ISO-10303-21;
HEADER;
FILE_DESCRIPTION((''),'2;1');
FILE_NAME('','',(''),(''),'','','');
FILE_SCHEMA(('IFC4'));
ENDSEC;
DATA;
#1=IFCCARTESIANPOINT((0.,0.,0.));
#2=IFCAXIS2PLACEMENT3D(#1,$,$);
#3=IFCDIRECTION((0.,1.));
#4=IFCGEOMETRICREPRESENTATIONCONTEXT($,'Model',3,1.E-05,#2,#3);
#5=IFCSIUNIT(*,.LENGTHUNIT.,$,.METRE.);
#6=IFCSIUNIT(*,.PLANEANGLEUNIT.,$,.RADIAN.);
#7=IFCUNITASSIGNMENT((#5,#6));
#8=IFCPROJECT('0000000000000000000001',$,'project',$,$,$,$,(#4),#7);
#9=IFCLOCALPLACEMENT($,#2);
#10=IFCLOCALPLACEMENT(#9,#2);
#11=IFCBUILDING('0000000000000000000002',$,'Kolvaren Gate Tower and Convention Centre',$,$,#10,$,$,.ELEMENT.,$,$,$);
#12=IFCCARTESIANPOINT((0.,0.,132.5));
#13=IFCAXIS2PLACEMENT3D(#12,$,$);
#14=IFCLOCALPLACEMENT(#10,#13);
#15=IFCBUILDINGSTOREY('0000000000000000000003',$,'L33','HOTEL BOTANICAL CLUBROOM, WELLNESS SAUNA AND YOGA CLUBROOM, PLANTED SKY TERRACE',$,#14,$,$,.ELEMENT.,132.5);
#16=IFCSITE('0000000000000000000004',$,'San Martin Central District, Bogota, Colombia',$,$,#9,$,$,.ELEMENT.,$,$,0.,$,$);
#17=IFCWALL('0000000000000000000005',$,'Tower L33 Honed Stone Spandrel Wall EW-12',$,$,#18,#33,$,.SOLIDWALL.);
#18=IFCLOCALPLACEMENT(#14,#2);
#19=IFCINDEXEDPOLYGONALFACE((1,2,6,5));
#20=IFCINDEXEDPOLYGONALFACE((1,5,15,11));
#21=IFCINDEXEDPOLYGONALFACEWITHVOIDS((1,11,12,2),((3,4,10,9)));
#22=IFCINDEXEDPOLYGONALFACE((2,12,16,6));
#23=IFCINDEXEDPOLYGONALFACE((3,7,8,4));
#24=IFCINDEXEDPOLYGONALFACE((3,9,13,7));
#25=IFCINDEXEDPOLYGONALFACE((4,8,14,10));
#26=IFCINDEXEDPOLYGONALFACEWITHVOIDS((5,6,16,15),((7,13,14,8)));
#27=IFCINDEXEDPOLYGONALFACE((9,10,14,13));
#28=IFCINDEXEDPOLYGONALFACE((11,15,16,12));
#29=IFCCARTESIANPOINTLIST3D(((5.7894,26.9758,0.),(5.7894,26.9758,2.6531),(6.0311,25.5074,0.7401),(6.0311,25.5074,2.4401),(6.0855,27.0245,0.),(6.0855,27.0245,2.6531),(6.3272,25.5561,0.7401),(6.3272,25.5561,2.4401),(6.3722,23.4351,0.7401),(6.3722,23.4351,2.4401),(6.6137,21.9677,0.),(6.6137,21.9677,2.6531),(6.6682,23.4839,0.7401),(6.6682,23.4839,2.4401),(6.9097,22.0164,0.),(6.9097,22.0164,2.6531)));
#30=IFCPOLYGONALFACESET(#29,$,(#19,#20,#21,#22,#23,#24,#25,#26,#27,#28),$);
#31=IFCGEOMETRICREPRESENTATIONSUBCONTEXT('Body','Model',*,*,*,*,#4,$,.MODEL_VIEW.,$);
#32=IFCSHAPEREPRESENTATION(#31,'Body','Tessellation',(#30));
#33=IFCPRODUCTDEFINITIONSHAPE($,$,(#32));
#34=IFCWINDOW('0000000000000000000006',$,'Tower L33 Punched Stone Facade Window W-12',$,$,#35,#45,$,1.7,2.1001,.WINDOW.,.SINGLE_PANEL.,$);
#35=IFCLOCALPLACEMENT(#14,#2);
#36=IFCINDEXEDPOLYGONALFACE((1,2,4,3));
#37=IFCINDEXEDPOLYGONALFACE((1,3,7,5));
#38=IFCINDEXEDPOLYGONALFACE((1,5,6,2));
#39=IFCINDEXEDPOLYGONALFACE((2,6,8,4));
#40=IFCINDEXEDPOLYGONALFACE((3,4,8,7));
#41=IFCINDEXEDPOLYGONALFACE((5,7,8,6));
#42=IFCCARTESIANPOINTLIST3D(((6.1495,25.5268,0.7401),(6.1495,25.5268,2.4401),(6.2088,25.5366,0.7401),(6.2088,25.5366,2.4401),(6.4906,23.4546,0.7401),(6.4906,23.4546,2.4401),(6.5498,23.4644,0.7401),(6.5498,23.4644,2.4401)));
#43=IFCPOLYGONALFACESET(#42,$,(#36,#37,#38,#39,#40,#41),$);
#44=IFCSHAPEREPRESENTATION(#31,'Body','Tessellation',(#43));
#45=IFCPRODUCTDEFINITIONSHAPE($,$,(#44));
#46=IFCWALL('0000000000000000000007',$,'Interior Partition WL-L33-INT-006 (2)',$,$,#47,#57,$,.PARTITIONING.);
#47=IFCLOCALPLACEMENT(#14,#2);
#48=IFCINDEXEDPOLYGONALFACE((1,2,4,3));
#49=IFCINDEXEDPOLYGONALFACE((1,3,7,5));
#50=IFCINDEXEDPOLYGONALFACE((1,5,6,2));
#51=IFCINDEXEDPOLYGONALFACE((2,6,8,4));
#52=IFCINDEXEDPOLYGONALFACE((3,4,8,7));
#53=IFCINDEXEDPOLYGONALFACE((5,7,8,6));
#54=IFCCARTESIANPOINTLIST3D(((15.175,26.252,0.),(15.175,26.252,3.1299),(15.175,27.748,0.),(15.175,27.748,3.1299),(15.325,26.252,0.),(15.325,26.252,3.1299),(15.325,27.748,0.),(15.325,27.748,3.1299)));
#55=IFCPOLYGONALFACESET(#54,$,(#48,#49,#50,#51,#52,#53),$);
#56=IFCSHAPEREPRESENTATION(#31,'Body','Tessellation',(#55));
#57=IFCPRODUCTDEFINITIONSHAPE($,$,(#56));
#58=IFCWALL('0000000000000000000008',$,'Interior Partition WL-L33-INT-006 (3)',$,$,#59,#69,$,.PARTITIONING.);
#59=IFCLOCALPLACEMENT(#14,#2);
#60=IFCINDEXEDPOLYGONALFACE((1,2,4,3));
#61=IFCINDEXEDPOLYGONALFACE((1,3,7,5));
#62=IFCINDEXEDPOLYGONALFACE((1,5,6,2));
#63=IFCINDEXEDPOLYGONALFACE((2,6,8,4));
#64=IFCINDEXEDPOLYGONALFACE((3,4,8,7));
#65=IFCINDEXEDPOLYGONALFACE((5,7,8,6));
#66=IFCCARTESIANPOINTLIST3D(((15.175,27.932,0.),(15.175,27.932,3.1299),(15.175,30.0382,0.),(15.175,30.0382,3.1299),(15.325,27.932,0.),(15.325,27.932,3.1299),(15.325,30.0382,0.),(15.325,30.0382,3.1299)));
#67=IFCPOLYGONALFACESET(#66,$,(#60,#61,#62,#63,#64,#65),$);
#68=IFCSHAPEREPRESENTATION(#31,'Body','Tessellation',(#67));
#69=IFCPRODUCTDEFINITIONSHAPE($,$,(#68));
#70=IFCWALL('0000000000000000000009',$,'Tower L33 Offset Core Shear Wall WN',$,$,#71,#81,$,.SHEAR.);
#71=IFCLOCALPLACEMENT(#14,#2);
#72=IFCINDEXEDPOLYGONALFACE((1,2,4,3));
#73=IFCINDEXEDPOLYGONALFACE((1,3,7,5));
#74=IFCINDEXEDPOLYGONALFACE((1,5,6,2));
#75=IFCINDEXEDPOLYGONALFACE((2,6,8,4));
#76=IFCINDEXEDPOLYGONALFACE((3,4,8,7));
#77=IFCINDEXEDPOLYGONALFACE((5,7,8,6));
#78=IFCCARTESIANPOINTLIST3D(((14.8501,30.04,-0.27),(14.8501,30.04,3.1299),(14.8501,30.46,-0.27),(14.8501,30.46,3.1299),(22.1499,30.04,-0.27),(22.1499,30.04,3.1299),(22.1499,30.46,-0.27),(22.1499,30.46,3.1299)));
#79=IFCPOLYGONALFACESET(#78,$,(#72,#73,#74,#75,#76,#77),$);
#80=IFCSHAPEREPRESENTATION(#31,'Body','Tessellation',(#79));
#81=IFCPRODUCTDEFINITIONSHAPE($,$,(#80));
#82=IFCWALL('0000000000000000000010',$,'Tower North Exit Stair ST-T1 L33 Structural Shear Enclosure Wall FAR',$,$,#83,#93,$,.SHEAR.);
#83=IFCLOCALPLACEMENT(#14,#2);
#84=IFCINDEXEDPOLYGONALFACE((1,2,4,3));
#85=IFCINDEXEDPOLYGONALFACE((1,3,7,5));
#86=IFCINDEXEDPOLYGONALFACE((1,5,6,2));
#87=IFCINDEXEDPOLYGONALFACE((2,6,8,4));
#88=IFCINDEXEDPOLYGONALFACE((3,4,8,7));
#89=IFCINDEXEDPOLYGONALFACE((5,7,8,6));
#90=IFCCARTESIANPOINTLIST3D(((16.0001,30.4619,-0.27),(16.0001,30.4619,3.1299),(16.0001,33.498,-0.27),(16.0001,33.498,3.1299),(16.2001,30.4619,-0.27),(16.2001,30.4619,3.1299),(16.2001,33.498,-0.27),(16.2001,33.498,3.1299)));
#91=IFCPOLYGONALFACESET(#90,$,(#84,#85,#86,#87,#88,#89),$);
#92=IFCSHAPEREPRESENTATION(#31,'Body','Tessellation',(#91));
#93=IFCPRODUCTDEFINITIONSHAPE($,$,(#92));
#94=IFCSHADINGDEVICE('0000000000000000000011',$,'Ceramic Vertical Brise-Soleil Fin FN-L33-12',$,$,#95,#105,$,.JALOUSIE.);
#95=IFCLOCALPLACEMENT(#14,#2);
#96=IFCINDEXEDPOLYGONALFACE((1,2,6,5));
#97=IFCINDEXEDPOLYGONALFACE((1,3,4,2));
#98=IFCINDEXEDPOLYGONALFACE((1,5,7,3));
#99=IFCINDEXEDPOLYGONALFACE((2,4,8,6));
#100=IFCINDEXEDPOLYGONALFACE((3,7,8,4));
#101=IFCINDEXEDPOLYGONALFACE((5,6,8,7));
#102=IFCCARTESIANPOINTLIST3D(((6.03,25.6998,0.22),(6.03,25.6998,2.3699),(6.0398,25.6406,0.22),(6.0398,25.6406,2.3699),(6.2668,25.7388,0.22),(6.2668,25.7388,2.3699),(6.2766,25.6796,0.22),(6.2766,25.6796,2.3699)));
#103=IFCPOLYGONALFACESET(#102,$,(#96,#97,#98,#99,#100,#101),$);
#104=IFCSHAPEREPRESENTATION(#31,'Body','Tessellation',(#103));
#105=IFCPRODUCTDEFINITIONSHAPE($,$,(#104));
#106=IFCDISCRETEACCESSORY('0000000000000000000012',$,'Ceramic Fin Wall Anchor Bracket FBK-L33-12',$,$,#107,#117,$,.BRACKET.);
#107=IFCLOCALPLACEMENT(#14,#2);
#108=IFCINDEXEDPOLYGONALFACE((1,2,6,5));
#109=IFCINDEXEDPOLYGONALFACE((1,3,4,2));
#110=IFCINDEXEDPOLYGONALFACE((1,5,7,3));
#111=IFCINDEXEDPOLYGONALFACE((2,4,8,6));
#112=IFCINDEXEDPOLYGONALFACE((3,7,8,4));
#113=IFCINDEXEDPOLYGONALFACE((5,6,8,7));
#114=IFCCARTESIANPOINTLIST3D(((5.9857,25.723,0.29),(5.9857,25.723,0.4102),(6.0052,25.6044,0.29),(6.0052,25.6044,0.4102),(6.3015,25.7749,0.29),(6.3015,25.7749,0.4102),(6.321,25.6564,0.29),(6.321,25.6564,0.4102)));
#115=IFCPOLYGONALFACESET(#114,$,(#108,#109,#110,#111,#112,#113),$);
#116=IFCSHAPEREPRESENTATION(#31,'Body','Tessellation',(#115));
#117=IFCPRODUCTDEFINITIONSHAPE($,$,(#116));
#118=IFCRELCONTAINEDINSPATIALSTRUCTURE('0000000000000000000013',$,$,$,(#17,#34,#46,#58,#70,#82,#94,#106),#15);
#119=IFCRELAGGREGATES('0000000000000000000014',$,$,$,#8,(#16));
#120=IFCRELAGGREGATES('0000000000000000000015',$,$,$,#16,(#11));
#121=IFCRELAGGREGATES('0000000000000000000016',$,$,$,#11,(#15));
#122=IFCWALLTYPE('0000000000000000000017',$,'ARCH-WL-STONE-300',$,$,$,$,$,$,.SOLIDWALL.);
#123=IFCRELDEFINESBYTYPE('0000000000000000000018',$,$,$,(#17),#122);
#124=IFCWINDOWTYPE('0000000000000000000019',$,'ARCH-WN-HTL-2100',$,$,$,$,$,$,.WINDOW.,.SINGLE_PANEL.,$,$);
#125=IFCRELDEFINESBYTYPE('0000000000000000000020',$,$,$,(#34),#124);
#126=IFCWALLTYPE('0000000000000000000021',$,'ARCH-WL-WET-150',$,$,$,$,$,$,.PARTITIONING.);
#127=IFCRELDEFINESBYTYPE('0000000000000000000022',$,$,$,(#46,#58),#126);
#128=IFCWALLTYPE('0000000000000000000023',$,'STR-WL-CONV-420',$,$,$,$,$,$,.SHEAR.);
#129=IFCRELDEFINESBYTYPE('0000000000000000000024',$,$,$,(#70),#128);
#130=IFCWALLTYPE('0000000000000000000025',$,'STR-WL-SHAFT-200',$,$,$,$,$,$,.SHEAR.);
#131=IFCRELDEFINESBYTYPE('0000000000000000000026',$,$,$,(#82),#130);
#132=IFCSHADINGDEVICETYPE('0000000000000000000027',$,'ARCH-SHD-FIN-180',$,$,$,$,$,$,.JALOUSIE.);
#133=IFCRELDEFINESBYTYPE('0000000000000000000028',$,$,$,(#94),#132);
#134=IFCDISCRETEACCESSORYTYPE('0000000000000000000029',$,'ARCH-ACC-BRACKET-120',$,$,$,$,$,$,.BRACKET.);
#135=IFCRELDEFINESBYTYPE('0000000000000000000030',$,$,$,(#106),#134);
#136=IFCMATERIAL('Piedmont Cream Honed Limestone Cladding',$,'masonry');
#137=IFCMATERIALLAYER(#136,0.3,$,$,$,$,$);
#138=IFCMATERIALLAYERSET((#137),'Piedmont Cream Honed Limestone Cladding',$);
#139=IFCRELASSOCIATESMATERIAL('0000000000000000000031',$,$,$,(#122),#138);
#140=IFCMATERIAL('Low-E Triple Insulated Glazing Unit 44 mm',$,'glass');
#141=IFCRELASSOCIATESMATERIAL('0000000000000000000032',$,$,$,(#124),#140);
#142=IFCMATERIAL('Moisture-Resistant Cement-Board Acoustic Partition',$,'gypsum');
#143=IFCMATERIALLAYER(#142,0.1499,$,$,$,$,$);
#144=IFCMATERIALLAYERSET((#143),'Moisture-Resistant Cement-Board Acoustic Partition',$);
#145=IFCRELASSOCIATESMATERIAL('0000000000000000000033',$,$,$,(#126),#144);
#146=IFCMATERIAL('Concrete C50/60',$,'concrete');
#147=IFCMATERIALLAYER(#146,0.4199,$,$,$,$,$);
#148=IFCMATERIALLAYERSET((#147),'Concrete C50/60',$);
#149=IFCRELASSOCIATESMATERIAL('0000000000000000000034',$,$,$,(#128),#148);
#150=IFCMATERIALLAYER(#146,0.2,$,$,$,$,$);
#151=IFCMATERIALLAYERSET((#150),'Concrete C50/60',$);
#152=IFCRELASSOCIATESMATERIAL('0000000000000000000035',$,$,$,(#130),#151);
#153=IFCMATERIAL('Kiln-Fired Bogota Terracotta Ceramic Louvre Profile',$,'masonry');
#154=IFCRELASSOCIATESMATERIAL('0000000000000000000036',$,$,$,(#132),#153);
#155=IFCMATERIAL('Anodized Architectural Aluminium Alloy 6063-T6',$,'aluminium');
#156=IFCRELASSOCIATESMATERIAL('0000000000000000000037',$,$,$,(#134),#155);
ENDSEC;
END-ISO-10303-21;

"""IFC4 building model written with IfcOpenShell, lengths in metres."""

from ifc_helpers import new_model, si_unit, direction, frame, frame_2d, origin, origin_2d, place, context, subcontext, project, spatial, rectangle, extrude, material, layer, layer_set, type_object, element, fill, save


model = new_model("IFC4")

# Units and contexts
model_context = context("Model", 3, precision=1e-05, world=origin(), true_north=direction((0.0, 1.0)))
body_context = subcontext(model_context, "Body", "Model", "MODEL_VIEW")
ifc_project = project(units=[si_unit("LENGTHUNIT", "METRE"), si_unit("PLANEANGLEUNIT", "RADIAN")], contexts=[model_context])

# Site, building, storey
site_placement = place(None, origin())
site = spatial("IfcSite", under=ifc_project, at=site_placement, Name="San Martin Central District, Bogota, Colombia", CompositionType="ELEMENT", RefElevation=0.0)
building_placement = place(site_placement, origin())
building = spatial("IfcBuilding", under=site, at=building_placement, Name="Kolvaren Gate Tower and Convention Centre", CompositionType="ELEMENT")
storey_placement = place(building_placement, frame((0.0, 0.0, 132.5)))
storey = spatial("IfcBuildingStorey", under=building, at=storey_placement, Name="L33", Description="HOTEL BOTANICAL CLUBROOM, WELLNESS SAUNA AND YOGA CLUBROOM, PLANTED SKY TERRACE", CompositionType="ELEMENT", Elevation=132.5)

# Shared definitions
ifc_material_1 = material(Name="Piedmont Cream Honed Limestone Cladding", Category="masonry")

# Wall, opening, window
ifc_layer_1 = layer(ifc_material_1, 0.3)
ifc_layer_set_1 = layer_set([ifc_layer_1], Name="Piedmont Cream Honed Limestone Cladding")
wall_type_1 = type_object("IfcWallType", Name="ARCH-WL-STONE-300", PredefinedType="SOLIDWALL", material=ifc_layer_set_1)
ifc_material_2 = material(Name="Low-E Triple Insulated Glazing Unit 44 mm", Category="glass")
window_type = type_object("IfcWindowType", Name="ARCH-WN-HTL-2100", PartitioningType="SINGLE_PANEL", PredefinedType="WINDOW", material=ifc_material_2)
wall_1_placement = place(storey_placement, frame((5.9375, 27.0, 0.0), z_axis=(0.0, 0.0, 1.0), x_axis=(0.162394, -0.986726, 0.0)))
wall_1 = element("IfcWall", 1, at=wall_1_placement, inside=storey, type_object=wall_type_1, Name="Tower L33 Honed Stone Spandrel Wall EW-12", PredefinedType="SOLIDWALL", context=body_context, shape_type="SweptSolid", body=[
    extrude(rectangle(XDim=5.0754, YDim=0.3, at=frame_2d((2.5376, 0.0))), origin(), (0.0, 0.0, 1.0), 2.6531),
])
opening_1_placement = place(wall_1_placement, frame((1.488, 0.0, 0.74)))
opening_1 = element("IfcOpeningElement", 2, at=opening_1_placement, cuts=wall_1, PredefinedType="OPENING", context=body_context, shape_type="SweptSolid", body=[
    extrude(rectangle(XDim=2.1001, YDim=1.7, at=frame_2d((1.05, 0.8501))), frame((0.0, 0.1599, 0.0), z_axis=(0.0, -1.0, 0.0), x_axis=(1.0, 0.0, 0.0)), (0.0, 0.0, 1.0), 0.3201),
])
window_1_placement = place(opening_1_placement, origin())
window_1 = element("IfcWindow", 3, at=window_1_placement, inside=storey, type_object=window_type, Name="Tower L33 Punched Stone Facade Window W-12", OverallHeight=1.7, OverallWidth=2.1001, PartitioningType="SINGLE_PANEL", PredefinedType="WINDOW", context=body_context, shape_type="SweptSolid", body=[
    extrude(rectangle(XDim=2.1001, YDim=1.7, at=frame_2d((1.05, 0.8501))), frame((0.0, 0.03, 0.0), z_axis=(0.0, -1.0, 0.0), x_axis=(1.0, 0.0, 0.0)), (0.0, 0.0, 1.0), 0.0601),
])
fill(opening_1, window_1)

# Walls
ifc_material_3 = material(Name="Moisture-Resistant Cement-Board Acoustic Partition", Category="gypsum")
ifc_layer_2 = layer(ifc_material_3, 0.1499)
ifc_layer_set_2 = layer_set([ifc_layer_2], Name="Moisture-Resistant Cement-Board Acoustic Partition")
wall_type_2 = type_object("IfcWallType", Name="ARCH-WL-WET-150", PredefinedType="PARTITIONING", material=ifc_layer_set_2)
wall_2_placement = place(storey_placement, frame((15.25, 26.252, 0.0), z_axis=(0.0, 0.0, 1.0), x_axis=(0.0, 1.0, 0.0)))
element("IfcWall", 4, at=wall_2_placement, inside=storey, type_object=wall_type_2, Name="Interior Partition WL-L33-INT-006 (2)", PredefinedType="PARTITIONING", context=body_context, shape_type="SweptSolid", body=[
    extrude(rectangle(XDim=1.4961, YDim=0.1499, at=frame_2d((0.748, 0.0))), origin(), (0.0, 0.0, 1.0), 3.1299),
])
wall_3_placement = place(storey_placement, frame((15.25, 27.9319, 0.0), z_axis=(0.0, 0.0, 1.0), x_axis=(0.0, 1.0, 0.0)))
element("IfcWall", 5, at=wall_3_placement, inside=storey, type_object=wall_type_2, Name="Interior Partition WL-L33-INT-006 (3)", PredefinedType="PARTITIONING", context=body_context, shape_type="SweptSolid", body=[
    extrude(rectangle(XDim=2.1062, YDim=0.1499, at=frame_2d((1.0532, 0.0))), origin(), (0.0, 0.0, 1.0), 3.1299),
])
ifc_material_4 = material(Name="Concrete C50/60", Category="concrete")
ifc_layer_3 = layer(ifc_material_4, 0.4199)
ifc_layer_set_3 = layer_set([ifc_layer_3], Name="Concrete C50/60")
wall_type_3 = type_object("IfcWallType", Name="STR-WL-CONV-420", PredefinedType="SHEAR", material=ifc_layer_set_3)
wall_4_placement = place(storey_placement, frame((14.8501, 30.25, -0.27), z_axis=(0.0, 0.0, 1.0), x_axis=(1.0, 0.0, 0.0)))
element("IfcWall", 6, at=wall_4_placement, inside=storey, type_object=wall_type_3, Name="Tower L33 Offset Core Shear Wall WN", PredefinedType="SHEAR", context=body_context, shape_type="SweptSolid", body=[
    extrude(rectangle(XDim=7.2998, YDim=0.4199, at=frame_2d((3.6499, 0.0))), origin(), (0.0, 0.0, 1.0), 3.3999),
])
ifc_layer_4 = layer(ifc_material_4, 0.2)
ifc_layer_set_4 = layer_set([ifc_layer_4], Name="Concrete C50/60")
wall_type_4 = type_object("IfcWallType", Name="STR-WL-SHAFT-200", PredefinedType="SHEAR", material=ifc_layer_set_4)
wall_5_placement = place(storey_placement, frame((16.1001, 30.4619, -0.27), z_axis=(0.0, 0.0, 1.0), x_axis=(0.0, 1.0, 0.0)))
element("IfcWall", 7, at=wall_5_placement, inside=storey, type_object=wall_type_4, Name="Tower North Exit Stair ST-T1 L33 Structural Shear Enclosure Wall FAR", PredefinedType="SHEAR", context=body_context, shape_type="SweptSolid", body=[
    extrude(rectangle(XDim=3.0361, YDim=0.2, at=frame_2d((1.5181, 0.0))), origin(), (0.0, 0.0, 1.0), 3.3999),
])

# Shading device
ifc_material_5 = material(Name="Kiln-Fired Bogota Terracotta Ceramic Louvre Profile", Category="masonry")
shading_device_type = type_object("IfcShadingDeviceType", Name="ARCH-SHD-FIN-180", PredefinedType="JALOUSIE", material=ifc_material_5)
shading_device_placement = place(storey_placement, frame((6.1533, 25.6897, 0.22), z_axis=(0.0, 0.0, 1.0), x_axis=(0.162389, -0.986727, 0.0)))
element("IfcShadingDevice", 8, at=shading_device_placement, inside=storey, type_object=shading_device_type, Name="Ceramic Vertical Brise-Soleil Fin FN-L33-12", PredefinedType="JALOUSIE", context=body_context, shape_type="SweptSolid", body=[
    extrude(rectangle(XDim=0.0601, YDim=0.24, at=origin_2d()), origin(), (0.0, 0.0, 1.0), 2.1499),
])

# Discrete accessory
ifc_material_6 = material(Name="Anodized Architectural Aluminium Alloy 6063-T6", Category="aluminium")
discrete_accessory_type = type_object("IfcDiscreteAccessoryType", Name="ARCH-ACC-BRACKET-120", PredefinedType="BRACKET", material=ifc_material_6)
discrete_accessory_placement = place(storey_placement, frame((6.1533, 25.6897, 0.29), z_axis=(0.0, 0.0, 1.0), x_axis=(0.162389, -0.986727, 0.0)))
element("IfcDiscreteAccessory", 9, at=discrete_accessory_placement, inside=storey, type_object=discrete_accessory_type, Name="Ceramic Fin Wall Anchor Bracket FBK-L33-12", PredefinedType="BRACKET", context=body_context, shape_type="SweptSolid", body=[
    extrude(rectangle(XDim=0.1201, YDim=0.3201, at=origin_2d()), origin(), (0.0, 0.0, 1.0), 0.1201),
])

save(model, "model.ifc")
